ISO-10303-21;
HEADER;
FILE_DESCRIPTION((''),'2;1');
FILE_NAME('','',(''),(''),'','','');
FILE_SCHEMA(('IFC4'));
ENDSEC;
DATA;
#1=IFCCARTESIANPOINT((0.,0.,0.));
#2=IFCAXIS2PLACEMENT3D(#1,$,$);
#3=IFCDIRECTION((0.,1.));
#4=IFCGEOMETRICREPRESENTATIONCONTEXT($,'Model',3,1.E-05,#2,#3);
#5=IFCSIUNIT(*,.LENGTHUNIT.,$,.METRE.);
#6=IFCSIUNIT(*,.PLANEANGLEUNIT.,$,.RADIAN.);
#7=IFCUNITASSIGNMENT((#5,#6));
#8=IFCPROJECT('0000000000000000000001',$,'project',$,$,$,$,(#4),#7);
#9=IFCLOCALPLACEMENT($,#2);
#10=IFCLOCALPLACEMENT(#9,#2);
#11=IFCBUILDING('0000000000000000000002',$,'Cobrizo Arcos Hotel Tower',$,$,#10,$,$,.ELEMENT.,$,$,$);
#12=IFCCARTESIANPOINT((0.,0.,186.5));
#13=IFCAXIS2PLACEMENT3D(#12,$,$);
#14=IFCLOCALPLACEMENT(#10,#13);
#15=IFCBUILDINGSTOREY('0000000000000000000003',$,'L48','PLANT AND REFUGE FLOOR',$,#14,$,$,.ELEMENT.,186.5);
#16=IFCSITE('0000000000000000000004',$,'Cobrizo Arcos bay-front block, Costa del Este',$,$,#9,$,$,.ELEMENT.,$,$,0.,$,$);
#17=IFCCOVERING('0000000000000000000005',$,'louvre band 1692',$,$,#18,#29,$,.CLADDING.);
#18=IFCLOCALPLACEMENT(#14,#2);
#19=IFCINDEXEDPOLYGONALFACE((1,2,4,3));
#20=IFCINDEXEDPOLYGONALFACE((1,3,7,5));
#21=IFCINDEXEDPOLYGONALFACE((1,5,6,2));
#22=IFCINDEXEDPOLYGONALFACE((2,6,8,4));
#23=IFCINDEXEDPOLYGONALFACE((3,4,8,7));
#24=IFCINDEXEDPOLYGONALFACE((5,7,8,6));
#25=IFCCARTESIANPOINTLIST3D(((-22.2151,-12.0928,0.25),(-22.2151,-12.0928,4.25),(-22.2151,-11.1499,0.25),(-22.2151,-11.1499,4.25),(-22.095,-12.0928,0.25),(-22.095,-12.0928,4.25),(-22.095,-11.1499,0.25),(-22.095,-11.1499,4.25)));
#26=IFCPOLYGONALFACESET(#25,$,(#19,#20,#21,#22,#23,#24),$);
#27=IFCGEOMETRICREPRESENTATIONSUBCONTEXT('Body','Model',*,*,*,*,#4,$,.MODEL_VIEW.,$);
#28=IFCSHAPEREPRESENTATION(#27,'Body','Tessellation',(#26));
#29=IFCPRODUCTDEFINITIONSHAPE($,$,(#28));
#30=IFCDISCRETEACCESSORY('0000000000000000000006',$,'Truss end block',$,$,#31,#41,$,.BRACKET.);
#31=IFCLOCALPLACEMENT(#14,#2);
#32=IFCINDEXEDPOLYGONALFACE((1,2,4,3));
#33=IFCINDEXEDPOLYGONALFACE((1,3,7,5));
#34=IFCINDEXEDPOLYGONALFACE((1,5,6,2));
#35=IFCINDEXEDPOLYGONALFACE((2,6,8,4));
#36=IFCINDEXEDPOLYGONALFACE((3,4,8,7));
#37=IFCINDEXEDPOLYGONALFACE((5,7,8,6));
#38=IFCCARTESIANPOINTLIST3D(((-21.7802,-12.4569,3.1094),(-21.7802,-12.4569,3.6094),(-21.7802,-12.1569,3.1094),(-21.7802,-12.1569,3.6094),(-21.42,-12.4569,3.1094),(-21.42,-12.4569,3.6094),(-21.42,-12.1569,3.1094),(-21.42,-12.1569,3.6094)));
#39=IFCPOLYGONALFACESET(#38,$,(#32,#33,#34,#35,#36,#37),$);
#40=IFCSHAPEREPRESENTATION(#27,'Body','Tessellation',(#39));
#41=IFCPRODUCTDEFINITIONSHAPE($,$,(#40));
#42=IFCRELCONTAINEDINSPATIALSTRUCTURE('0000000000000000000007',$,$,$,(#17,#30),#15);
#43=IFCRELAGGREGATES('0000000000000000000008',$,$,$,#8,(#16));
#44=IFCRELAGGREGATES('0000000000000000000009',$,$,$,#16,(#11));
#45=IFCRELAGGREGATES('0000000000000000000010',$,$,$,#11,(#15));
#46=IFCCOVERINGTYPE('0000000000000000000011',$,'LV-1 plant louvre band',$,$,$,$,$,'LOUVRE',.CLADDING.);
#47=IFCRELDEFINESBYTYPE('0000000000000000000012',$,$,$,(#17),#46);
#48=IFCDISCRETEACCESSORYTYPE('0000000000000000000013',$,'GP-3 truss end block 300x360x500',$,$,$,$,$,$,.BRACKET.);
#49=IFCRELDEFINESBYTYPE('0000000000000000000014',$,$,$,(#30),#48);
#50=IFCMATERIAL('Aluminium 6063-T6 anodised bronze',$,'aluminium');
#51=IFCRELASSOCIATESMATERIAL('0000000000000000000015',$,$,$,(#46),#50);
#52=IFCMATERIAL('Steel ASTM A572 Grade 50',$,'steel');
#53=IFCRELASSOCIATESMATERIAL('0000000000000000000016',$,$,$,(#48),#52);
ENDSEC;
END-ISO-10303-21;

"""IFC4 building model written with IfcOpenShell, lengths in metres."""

from ifc_helpers import new_model, si_unit, direction, frame, origin, origin_2d, place, context, subcontext, project, spatial, rectangle, extrude, material, type_object, element, save


model = new_model("IFC4")

# Units and contexts
model_context = context("Model", 3, precision=1e-05, world=origin(), true_north=direction((0.0, 1.0)))
body_context = subcontext(model_context, "Body", "Model", "MODEL_VIEW")
ifc_project = project(units=[si_unit("LENGTHUNIT", "METRE"), si_unit("PLANEANGLEUNIT", "RADIAN")], contexts=[model_context])

# Site, building, storey
site_placement = place(None, origin())
site = spatial("IfcSite", under=ifc_project, at=site_placement, Name="Cobrizo Arcos bay-front block, Costa del Este", CompositionType="ELEMENT", RefElevation=0.0)
building_placement = place(site_placement, origin())
building = spatial("IfcBuilding", under=site, at=building_placement, Name="Cobrizo Arcos Hotel Tower", CompositionType="ELEMENT")
storey_placement = place(building_placement, frame((0.0, 0.0, 186.5)))
storey = spatial("IfcBuildingStorey", under=building, at=storey_placement, Name="L48", Description="PLANT AND REFUGE FLOOR", CompositionType="ELEMENT", Elevation=186.5)

# Shared definitions
ifc_material_1 = material(Name="Steel ASTM A572 Grade 50", Category="steel")

# Shared definitions
ifc_material_2 = material(Name="Aluminium 6063-T6 anodised bronze", Category="aluminium")

# Covering
covering_type = type_object("IfcCoveringType", Name="LV-1 plant louvre band", ElementType="LOUVRE", PredefinedType="CLADDING", material=ifc_material_2)
covering_placement = place(storey_placement, frame((-22.155, -11.6213, 0.25), z_axis=(0.0, 0.0, 1.0), x_axis=(0.0, -1.0, 0.0)))
element("IfcCovering", 1, at=covering_placement, inside=storey, type_object=covering_type, Name="louvre band 1692", PredefinedType="CLADDING", context=body_context, shape_type="SweptSolid", body=[
    extrude(rectangle(XDim=0.9429, YDim=0.1201, at=origin_2d()), origin(), (0.0, 0.0, 1.0), 4.0),
])

# Discrete accessory
discrete_accessory_type = type_object("IfcDiscreteAccessoryType", Name="GP-3 truss end block 300x360x500", PredefinedType="BRACKET", material=ifc_material_1)
discrete_accessory_placement = place(storey_placement, frame((-21.6001, -12.3069, 3.1094), z_axis=(0.0, 0.0, 1.0), x_axis=(0.0, -1.0, 0.0)))
element("IfcDiscreteAccessory", 2, at=discrete_accessory_placement, inside=storey, type_object=discrete_accessory_type, Name="Truss end block", PredefinedType="BRACKET", context=body_context, shape_type="SweptSolid", body=[
    extrude(rectangle(XDim=0.3, YDim=0.3601, at=origin_2d()), origin(), (0.0, 0.0, 1.0), 0.5),
])

save(model, "model.ifc")
